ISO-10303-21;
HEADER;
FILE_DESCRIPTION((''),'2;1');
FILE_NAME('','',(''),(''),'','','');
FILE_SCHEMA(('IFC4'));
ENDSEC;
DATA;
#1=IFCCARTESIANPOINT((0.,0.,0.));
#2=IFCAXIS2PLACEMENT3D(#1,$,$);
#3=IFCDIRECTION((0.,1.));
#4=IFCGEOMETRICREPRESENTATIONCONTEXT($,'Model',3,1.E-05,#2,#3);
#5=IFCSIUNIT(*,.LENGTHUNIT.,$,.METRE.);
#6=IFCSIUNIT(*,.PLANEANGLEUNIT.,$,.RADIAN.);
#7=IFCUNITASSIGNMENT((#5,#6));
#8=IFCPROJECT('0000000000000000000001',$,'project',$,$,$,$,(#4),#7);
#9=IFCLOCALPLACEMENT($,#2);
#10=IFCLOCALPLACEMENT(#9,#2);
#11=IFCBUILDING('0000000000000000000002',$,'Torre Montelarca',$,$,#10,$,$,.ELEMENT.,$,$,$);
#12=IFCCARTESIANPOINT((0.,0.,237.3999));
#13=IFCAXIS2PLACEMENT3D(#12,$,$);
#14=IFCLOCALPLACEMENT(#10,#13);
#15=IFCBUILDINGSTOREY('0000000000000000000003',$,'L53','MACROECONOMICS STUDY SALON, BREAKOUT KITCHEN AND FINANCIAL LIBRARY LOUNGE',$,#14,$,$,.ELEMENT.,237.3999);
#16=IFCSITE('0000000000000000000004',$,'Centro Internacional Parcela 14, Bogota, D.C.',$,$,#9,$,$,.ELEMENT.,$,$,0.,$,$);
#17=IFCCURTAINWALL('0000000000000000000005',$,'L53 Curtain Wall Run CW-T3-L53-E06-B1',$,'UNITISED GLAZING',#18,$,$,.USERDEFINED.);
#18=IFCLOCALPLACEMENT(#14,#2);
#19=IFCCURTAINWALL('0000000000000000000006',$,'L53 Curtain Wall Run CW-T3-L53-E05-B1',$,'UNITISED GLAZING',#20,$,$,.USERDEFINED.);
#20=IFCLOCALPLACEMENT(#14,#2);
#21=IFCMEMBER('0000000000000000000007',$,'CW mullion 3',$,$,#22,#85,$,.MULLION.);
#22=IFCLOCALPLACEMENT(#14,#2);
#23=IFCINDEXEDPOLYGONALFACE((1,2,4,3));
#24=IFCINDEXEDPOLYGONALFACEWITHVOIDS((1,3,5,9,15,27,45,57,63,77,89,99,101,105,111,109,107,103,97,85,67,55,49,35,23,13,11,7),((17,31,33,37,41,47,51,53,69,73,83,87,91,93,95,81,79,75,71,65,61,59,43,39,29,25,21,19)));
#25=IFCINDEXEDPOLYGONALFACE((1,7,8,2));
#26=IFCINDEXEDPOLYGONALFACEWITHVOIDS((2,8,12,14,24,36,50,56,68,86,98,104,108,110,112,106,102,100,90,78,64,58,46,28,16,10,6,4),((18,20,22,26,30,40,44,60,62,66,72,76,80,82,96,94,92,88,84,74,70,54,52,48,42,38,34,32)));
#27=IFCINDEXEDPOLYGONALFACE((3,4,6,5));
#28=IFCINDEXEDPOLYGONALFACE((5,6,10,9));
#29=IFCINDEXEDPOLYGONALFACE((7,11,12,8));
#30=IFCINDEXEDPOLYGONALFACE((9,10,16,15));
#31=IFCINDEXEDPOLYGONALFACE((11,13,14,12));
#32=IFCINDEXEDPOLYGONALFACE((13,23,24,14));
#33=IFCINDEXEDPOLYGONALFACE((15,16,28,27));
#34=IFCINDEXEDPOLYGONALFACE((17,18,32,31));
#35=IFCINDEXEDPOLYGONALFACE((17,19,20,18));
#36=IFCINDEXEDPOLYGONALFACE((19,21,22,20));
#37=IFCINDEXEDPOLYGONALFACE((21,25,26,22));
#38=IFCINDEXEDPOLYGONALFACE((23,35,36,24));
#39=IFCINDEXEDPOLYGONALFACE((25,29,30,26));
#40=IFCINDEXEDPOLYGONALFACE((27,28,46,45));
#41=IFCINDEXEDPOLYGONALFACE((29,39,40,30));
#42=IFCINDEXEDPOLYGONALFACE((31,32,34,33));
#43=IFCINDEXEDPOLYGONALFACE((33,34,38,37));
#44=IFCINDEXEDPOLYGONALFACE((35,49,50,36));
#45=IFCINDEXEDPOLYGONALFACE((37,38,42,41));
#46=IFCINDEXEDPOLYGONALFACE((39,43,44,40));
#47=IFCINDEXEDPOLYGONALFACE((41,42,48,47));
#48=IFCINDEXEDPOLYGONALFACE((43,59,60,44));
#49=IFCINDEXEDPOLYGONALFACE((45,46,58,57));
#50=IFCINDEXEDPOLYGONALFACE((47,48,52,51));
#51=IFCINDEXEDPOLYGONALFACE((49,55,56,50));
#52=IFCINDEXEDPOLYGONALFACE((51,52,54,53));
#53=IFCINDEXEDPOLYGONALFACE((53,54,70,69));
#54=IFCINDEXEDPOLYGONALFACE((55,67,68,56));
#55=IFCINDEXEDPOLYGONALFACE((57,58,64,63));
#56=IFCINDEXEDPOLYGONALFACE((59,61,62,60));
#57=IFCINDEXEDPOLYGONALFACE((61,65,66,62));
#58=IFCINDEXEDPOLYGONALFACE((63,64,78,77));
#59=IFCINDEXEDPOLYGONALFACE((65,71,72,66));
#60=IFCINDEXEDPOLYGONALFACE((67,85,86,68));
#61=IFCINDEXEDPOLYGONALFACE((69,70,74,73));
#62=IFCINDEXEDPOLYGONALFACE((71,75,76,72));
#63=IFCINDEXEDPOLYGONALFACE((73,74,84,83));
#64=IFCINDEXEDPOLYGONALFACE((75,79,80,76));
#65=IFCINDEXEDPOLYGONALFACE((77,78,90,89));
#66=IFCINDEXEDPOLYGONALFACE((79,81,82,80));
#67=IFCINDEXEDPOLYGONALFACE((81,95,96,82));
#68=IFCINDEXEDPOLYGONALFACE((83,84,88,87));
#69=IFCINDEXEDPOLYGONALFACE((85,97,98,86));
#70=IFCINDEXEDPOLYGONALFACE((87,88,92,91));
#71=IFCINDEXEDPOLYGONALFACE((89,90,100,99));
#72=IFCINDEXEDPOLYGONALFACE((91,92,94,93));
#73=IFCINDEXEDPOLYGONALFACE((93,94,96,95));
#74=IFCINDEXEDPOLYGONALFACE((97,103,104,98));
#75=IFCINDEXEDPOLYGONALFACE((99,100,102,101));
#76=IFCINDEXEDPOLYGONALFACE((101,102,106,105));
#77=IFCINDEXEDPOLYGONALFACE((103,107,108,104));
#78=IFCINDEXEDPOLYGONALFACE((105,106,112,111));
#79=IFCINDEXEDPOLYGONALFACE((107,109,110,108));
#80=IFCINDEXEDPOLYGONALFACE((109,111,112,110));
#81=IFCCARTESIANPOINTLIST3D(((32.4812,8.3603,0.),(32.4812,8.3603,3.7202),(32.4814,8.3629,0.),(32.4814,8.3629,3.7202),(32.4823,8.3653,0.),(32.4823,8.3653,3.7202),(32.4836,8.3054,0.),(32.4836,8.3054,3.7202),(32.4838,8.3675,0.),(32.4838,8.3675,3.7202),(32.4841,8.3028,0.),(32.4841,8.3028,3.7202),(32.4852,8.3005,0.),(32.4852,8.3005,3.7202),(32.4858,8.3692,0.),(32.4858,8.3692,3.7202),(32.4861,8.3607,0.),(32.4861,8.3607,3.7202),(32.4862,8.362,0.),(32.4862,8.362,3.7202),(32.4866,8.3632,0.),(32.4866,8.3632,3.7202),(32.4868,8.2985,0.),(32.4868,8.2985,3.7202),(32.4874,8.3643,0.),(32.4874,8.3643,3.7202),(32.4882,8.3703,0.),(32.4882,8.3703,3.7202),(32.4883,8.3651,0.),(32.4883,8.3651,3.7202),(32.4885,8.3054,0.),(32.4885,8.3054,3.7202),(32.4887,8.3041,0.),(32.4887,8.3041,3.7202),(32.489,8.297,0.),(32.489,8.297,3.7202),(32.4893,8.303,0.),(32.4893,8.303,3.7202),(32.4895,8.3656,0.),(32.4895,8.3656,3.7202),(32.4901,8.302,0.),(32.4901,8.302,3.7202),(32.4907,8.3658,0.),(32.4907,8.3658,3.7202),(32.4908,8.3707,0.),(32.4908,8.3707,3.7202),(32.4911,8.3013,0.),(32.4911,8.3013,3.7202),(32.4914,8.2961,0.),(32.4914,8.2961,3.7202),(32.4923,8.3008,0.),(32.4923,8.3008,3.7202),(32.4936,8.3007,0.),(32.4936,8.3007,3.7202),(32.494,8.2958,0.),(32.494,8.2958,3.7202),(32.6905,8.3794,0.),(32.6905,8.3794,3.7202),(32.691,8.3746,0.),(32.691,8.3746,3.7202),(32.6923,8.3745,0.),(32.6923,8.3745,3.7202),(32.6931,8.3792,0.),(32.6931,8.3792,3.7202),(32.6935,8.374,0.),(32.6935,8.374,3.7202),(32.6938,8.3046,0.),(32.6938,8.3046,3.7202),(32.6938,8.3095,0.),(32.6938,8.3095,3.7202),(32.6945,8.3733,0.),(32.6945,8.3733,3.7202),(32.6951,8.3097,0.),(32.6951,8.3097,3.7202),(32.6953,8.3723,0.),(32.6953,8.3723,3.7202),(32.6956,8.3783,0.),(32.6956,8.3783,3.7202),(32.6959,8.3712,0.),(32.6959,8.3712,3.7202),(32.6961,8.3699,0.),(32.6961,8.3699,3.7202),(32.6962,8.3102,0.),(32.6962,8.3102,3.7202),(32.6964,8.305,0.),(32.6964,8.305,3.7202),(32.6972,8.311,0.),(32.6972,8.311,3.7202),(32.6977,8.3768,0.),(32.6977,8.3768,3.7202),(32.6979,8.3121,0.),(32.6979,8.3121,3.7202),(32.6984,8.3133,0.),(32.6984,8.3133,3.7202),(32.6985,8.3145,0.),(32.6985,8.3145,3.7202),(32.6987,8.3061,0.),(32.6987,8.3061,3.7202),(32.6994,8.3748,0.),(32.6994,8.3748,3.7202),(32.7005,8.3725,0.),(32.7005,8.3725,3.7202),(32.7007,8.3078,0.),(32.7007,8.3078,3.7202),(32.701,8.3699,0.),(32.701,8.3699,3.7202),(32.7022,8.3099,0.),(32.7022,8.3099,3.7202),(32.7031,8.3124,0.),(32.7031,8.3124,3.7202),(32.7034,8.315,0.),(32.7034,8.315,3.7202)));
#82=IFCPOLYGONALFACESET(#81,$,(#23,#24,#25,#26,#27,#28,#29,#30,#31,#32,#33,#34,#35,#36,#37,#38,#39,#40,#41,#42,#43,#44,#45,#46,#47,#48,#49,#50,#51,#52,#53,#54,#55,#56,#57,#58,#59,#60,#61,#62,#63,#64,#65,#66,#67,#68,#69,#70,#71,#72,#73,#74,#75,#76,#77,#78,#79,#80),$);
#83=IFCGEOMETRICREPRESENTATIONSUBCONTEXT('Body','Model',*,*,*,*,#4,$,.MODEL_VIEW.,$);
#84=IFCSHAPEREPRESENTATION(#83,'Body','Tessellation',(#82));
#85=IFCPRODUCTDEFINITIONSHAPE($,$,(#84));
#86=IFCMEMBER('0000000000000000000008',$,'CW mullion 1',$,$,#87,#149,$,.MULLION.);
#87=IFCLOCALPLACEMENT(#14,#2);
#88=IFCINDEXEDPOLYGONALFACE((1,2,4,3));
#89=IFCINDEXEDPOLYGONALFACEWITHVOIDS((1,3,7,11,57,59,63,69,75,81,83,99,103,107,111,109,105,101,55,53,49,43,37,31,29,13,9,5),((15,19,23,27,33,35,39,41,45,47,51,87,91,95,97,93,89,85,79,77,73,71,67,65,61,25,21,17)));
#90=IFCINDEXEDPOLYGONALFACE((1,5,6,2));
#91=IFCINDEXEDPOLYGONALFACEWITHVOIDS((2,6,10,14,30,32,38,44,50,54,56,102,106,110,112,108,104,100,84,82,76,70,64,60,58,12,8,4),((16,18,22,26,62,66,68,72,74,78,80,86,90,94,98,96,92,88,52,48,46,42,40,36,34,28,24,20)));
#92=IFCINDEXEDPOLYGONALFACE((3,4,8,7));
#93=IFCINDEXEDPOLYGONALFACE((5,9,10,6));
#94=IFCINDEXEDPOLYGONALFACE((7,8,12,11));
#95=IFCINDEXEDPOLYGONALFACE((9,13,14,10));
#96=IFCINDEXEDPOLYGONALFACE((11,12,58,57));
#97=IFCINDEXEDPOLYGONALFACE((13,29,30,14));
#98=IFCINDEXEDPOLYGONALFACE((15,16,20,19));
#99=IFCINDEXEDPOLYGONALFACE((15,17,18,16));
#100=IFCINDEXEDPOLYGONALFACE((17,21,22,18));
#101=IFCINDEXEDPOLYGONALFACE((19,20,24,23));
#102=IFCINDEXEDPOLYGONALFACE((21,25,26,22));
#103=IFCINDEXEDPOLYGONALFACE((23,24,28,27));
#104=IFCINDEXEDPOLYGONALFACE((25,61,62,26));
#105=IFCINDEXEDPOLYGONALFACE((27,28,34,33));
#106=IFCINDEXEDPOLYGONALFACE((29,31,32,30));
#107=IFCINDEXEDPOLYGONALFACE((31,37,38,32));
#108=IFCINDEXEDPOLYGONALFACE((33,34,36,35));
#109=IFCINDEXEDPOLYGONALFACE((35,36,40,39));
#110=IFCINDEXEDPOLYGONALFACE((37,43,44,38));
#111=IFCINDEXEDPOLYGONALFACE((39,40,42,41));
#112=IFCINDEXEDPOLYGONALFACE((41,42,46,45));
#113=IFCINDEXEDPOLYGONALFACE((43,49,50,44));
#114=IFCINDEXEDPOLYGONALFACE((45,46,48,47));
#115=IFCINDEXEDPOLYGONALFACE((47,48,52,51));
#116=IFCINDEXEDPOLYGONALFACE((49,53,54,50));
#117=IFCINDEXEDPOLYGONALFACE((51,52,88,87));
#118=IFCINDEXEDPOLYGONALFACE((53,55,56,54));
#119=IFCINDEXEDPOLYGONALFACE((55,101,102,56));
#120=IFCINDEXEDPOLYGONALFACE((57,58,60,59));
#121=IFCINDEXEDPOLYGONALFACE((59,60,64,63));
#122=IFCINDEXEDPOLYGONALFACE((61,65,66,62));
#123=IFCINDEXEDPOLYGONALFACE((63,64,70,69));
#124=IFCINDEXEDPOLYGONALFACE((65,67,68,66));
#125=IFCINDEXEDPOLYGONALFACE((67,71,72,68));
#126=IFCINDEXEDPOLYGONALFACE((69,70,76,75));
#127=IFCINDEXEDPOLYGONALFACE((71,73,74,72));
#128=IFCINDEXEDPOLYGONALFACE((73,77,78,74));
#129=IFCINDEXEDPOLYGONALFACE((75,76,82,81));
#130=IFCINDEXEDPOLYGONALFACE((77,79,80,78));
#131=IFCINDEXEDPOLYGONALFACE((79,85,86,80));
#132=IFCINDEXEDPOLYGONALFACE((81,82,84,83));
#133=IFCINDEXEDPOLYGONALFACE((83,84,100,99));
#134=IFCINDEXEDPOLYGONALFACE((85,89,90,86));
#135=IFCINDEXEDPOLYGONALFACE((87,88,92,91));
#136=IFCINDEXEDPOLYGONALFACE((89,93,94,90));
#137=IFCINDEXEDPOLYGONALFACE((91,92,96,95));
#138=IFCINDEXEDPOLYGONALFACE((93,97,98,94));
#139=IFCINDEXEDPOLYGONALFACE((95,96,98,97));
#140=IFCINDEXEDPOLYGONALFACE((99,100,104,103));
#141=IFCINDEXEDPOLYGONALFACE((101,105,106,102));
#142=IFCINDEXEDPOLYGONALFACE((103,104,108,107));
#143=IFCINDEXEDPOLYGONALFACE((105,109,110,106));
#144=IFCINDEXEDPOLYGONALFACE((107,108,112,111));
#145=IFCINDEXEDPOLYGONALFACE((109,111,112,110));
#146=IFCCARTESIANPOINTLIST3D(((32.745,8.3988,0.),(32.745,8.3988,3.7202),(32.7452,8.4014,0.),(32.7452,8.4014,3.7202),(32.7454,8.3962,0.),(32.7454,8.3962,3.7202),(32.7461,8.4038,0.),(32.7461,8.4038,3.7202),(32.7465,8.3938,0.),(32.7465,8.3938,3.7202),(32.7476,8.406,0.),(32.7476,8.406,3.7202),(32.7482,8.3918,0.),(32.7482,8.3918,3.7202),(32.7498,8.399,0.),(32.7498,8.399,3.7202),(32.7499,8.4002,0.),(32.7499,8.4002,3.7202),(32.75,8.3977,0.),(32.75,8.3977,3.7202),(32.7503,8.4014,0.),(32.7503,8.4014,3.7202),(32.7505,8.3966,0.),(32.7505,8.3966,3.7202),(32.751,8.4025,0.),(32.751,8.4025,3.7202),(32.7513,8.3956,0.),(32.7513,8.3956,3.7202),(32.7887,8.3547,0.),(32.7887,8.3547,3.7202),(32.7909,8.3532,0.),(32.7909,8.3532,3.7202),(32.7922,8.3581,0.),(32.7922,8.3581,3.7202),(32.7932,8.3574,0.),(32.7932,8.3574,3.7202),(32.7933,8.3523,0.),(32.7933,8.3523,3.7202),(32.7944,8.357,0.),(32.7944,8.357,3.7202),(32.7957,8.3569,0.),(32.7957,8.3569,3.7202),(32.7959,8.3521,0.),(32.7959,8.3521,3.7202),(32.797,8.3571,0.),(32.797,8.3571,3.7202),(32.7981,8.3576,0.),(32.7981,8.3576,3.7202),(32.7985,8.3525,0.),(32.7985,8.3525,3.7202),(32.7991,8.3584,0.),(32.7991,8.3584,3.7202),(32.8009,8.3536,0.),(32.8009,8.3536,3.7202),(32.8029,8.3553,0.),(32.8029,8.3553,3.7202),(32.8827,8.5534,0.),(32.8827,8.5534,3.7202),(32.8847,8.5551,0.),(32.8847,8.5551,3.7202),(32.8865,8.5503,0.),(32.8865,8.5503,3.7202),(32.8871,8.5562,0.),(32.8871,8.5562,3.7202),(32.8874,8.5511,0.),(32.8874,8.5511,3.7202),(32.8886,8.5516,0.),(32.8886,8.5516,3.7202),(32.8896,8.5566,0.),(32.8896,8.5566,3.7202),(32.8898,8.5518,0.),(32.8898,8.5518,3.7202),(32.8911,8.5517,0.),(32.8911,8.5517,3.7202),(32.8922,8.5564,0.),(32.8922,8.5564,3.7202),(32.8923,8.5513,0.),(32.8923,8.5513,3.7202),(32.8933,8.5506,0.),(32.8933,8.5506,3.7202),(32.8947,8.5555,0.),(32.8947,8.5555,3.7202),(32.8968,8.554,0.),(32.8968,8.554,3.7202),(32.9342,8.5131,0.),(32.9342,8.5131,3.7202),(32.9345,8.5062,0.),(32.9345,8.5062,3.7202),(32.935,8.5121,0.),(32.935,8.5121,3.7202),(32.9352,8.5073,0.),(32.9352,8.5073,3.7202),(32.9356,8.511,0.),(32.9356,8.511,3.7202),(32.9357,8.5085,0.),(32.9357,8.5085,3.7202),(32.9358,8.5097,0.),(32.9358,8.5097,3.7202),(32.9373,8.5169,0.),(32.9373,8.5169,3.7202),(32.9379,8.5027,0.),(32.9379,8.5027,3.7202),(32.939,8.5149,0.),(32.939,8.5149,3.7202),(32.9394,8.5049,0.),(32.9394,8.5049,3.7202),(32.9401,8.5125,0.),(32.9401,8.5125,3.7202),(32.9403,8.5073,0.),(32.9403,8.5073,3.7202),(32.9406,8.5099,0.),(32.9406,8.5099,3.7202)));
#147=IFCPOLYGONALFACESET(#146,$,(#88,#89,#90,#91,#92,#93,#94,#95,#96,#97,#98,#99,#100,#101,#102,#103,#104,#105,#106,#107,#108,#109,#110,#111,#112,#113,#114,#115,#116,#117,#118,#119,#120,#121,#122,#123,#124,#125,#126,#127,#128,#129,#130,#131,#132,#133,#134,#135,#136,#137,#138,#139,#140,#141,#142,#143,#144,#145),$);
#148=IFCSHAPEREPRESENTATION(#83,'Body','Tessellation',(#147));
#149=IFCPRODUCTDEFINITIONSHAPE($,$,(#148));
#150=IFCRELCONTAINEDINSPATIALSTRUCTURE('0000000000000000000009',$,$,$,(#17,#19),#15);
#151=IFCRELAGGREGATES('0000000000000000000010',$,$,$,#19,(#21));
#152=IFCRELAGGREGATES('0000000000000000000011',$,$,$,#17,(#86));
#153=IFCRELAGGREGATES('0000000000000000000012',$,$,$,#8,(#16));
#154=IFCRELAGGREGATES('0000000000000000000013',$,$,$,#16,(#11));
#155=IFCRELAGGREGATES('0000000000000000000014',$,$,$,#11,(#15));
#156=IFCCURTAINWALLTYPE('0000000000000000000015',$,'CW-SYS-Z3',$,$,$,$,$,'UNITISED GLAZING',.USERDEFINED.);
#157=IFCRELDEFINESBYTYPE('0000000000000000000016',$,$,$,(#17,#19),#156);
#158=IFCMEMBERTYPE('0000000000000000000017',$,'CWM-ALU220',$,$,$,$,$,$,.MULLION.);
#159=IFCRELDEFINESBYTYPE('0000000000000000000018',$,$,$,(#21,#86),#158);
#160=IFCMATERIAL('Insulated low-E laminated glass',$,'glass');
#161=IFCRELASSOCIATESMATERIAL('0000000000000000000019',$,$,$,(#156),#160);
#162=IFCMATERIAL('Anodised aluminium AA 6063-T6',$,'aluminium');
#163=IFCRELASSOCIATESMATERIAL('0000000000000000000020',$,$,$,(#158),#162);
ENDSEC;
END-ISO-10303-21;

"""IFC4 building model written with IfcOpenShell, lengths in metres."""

from ifc_helpers import new_model, si_unit, direction, frame, origin, origin_2d, place, context, subcontext, project, spatial, hollow_rectangle, extrude, source, transform, mapped, material, material_profile, profile_set, type_object, element, aggregate, save


model = new_model("IFC4")

# Units and contexts
model_context = context("Model", 3, precision=1e-05, world=origin(), true_north=direction((0.0, 1.0)))
body_context = subcontext(model_context, "Body", "Model", "MODEL_VIEW")
ifc_project = project(units=[si_unit("LENGTHUNIT", "METRE"), si_unit("PLANEANGLEUNIT", "RADIAN")], contexts=[model_context])

# Site, building, storey
site_placement = place(None, origin())
site = spatial("IfcSite", under=ifc_project, at=site_placement, Name="Centro Internacional Parcela 14, Bogota, D.C.", CompositionType="ELEMENT", RefElevation=0.0)
building_placement = place(site_placement, origin())
building = spatial("IfcBuilding", under=site, at=building_placement, Name="Torre Montelarca", CompositionType="ELEMENT")
storey_placement = place(building_placement, frame((0.0, 0.0, 237.3999)))
storey = spatial("IfcBuildingStorey", under=building, at=storey_placement, Name="L53", Description="MACROECONOMICS STUDY SALON, BREAKOUT KITCHEN AND FINANCIAL LIBRARY LOUNGE", CompositionType="ELEMENT", Elevation=237.3999)

# Curtain wall
ifc_material_1 = material(Name="Insulated low-E laminated glass", Category="glass")
curtain_wall_type = type_object("IfcCurtainWallType", Name="CW-SYS-Z3", ElementType="UNITISED GLAZING", PredefinedType="USERDEFINED", material=ifc_material_1)
ifc_material_2 = material(Name="Anodised aluminium AA 6063-T6", Category="aluminium")
curtain_wall_1_placement = place(storey_placement, origin())
curtain_wall_1 = element("IfcCurtainWall", 1, at=curtain_wall_1_placement, inside=storey, type_object=curtain_wall_type, Name="L53 Curtain Wall Run CW-T3-L53-E06-B1", ObjectType="UNITISED GLAZING", PredefinedType="USERDEFINED")

# Curtain wall, member
curtain_wall_2_placement = place(storey_placement, origin())
curtain_wall_2 = element("IfcCurtainWall", 2, at=curtain_wall_2_placement, inside=storey, type_object=curtain_wall_type, Name="L53 Curtain Wall Run CW-T3-L53-E05-B1", ObjectType="UNITISED GLAZING", PredefinedType="USERDEFINED")
ifc_material_profile_1 = material_profile(ifc_material_2, hollow_rectangle(XDim=0.075, YDim=0.22, WallThickness=0.0049, InnerFilletRadius=0.0049, OuterFilletRadius=0.01, at=origin_2d()), Name="ALU75X220X5", Category="aluminium")
ifc_profile_set_1 = profile_set([ifc_material_profile_1], Name="Anodised aluminium AA 6063-T6")
member_type_1 = type_object("IfcMemberType", Name="CWM-ALU220", PredefinedType="MULLION", material=ifc_profile_set_1)
shared_shape_1 = source(origin(), body_context, "Body", "SweptSolid", [
    extrude(hollow_rectangle(XDim=0.075, YDim=0.22, WallThickness=0.0049, InnerFilletRadius=0.0049, OuterFilletRadius=0.01, at=origin_2d()), origin(), (0.0, 0.0, 1.0), 3.7202),
])
member_1_placement = place(storey_placement, frame((32.5923, 8.3376, 0.0), z_axis=(0.0, 0.0, 1.0), x_axis=(-0.043616, 0.999048, 0.0)))
member_1 = element("IfcMember", 3, at=member_1_placement, type_object=member_type_1, Name="CW mullion 3", PredefinedType="MULLION", context=body_context, shape_type="MappedRepresentation", body=[
    mapped(shared_shape_1, transform((0.0, 0.0, 0.0), scale=1.0)),
])
aggregate(curtain_wall_2, [member_1])

# Member
member_2_placement = place(storey_placement, frame((32.8428, 8.4543, 0.0), z_axis=(0.0, 0.0, 1.0), x_axis=(-0.737278, 0.67559, 0.0)))
member_2 = element("IfcMember", 4, at=member_2_placement, type_object=member_type_1, Name="CW mullion 1", PredefinedType="MULLION", context=body_context, shape_type="MappedRepresentation", body=[
    mapped(shared_shape_1, transform((0.0, 0.0, 0.0), scale=1.0)),
])

aggregate(curtain_wall_1, [member_2])

save(model, "model.ifc")
